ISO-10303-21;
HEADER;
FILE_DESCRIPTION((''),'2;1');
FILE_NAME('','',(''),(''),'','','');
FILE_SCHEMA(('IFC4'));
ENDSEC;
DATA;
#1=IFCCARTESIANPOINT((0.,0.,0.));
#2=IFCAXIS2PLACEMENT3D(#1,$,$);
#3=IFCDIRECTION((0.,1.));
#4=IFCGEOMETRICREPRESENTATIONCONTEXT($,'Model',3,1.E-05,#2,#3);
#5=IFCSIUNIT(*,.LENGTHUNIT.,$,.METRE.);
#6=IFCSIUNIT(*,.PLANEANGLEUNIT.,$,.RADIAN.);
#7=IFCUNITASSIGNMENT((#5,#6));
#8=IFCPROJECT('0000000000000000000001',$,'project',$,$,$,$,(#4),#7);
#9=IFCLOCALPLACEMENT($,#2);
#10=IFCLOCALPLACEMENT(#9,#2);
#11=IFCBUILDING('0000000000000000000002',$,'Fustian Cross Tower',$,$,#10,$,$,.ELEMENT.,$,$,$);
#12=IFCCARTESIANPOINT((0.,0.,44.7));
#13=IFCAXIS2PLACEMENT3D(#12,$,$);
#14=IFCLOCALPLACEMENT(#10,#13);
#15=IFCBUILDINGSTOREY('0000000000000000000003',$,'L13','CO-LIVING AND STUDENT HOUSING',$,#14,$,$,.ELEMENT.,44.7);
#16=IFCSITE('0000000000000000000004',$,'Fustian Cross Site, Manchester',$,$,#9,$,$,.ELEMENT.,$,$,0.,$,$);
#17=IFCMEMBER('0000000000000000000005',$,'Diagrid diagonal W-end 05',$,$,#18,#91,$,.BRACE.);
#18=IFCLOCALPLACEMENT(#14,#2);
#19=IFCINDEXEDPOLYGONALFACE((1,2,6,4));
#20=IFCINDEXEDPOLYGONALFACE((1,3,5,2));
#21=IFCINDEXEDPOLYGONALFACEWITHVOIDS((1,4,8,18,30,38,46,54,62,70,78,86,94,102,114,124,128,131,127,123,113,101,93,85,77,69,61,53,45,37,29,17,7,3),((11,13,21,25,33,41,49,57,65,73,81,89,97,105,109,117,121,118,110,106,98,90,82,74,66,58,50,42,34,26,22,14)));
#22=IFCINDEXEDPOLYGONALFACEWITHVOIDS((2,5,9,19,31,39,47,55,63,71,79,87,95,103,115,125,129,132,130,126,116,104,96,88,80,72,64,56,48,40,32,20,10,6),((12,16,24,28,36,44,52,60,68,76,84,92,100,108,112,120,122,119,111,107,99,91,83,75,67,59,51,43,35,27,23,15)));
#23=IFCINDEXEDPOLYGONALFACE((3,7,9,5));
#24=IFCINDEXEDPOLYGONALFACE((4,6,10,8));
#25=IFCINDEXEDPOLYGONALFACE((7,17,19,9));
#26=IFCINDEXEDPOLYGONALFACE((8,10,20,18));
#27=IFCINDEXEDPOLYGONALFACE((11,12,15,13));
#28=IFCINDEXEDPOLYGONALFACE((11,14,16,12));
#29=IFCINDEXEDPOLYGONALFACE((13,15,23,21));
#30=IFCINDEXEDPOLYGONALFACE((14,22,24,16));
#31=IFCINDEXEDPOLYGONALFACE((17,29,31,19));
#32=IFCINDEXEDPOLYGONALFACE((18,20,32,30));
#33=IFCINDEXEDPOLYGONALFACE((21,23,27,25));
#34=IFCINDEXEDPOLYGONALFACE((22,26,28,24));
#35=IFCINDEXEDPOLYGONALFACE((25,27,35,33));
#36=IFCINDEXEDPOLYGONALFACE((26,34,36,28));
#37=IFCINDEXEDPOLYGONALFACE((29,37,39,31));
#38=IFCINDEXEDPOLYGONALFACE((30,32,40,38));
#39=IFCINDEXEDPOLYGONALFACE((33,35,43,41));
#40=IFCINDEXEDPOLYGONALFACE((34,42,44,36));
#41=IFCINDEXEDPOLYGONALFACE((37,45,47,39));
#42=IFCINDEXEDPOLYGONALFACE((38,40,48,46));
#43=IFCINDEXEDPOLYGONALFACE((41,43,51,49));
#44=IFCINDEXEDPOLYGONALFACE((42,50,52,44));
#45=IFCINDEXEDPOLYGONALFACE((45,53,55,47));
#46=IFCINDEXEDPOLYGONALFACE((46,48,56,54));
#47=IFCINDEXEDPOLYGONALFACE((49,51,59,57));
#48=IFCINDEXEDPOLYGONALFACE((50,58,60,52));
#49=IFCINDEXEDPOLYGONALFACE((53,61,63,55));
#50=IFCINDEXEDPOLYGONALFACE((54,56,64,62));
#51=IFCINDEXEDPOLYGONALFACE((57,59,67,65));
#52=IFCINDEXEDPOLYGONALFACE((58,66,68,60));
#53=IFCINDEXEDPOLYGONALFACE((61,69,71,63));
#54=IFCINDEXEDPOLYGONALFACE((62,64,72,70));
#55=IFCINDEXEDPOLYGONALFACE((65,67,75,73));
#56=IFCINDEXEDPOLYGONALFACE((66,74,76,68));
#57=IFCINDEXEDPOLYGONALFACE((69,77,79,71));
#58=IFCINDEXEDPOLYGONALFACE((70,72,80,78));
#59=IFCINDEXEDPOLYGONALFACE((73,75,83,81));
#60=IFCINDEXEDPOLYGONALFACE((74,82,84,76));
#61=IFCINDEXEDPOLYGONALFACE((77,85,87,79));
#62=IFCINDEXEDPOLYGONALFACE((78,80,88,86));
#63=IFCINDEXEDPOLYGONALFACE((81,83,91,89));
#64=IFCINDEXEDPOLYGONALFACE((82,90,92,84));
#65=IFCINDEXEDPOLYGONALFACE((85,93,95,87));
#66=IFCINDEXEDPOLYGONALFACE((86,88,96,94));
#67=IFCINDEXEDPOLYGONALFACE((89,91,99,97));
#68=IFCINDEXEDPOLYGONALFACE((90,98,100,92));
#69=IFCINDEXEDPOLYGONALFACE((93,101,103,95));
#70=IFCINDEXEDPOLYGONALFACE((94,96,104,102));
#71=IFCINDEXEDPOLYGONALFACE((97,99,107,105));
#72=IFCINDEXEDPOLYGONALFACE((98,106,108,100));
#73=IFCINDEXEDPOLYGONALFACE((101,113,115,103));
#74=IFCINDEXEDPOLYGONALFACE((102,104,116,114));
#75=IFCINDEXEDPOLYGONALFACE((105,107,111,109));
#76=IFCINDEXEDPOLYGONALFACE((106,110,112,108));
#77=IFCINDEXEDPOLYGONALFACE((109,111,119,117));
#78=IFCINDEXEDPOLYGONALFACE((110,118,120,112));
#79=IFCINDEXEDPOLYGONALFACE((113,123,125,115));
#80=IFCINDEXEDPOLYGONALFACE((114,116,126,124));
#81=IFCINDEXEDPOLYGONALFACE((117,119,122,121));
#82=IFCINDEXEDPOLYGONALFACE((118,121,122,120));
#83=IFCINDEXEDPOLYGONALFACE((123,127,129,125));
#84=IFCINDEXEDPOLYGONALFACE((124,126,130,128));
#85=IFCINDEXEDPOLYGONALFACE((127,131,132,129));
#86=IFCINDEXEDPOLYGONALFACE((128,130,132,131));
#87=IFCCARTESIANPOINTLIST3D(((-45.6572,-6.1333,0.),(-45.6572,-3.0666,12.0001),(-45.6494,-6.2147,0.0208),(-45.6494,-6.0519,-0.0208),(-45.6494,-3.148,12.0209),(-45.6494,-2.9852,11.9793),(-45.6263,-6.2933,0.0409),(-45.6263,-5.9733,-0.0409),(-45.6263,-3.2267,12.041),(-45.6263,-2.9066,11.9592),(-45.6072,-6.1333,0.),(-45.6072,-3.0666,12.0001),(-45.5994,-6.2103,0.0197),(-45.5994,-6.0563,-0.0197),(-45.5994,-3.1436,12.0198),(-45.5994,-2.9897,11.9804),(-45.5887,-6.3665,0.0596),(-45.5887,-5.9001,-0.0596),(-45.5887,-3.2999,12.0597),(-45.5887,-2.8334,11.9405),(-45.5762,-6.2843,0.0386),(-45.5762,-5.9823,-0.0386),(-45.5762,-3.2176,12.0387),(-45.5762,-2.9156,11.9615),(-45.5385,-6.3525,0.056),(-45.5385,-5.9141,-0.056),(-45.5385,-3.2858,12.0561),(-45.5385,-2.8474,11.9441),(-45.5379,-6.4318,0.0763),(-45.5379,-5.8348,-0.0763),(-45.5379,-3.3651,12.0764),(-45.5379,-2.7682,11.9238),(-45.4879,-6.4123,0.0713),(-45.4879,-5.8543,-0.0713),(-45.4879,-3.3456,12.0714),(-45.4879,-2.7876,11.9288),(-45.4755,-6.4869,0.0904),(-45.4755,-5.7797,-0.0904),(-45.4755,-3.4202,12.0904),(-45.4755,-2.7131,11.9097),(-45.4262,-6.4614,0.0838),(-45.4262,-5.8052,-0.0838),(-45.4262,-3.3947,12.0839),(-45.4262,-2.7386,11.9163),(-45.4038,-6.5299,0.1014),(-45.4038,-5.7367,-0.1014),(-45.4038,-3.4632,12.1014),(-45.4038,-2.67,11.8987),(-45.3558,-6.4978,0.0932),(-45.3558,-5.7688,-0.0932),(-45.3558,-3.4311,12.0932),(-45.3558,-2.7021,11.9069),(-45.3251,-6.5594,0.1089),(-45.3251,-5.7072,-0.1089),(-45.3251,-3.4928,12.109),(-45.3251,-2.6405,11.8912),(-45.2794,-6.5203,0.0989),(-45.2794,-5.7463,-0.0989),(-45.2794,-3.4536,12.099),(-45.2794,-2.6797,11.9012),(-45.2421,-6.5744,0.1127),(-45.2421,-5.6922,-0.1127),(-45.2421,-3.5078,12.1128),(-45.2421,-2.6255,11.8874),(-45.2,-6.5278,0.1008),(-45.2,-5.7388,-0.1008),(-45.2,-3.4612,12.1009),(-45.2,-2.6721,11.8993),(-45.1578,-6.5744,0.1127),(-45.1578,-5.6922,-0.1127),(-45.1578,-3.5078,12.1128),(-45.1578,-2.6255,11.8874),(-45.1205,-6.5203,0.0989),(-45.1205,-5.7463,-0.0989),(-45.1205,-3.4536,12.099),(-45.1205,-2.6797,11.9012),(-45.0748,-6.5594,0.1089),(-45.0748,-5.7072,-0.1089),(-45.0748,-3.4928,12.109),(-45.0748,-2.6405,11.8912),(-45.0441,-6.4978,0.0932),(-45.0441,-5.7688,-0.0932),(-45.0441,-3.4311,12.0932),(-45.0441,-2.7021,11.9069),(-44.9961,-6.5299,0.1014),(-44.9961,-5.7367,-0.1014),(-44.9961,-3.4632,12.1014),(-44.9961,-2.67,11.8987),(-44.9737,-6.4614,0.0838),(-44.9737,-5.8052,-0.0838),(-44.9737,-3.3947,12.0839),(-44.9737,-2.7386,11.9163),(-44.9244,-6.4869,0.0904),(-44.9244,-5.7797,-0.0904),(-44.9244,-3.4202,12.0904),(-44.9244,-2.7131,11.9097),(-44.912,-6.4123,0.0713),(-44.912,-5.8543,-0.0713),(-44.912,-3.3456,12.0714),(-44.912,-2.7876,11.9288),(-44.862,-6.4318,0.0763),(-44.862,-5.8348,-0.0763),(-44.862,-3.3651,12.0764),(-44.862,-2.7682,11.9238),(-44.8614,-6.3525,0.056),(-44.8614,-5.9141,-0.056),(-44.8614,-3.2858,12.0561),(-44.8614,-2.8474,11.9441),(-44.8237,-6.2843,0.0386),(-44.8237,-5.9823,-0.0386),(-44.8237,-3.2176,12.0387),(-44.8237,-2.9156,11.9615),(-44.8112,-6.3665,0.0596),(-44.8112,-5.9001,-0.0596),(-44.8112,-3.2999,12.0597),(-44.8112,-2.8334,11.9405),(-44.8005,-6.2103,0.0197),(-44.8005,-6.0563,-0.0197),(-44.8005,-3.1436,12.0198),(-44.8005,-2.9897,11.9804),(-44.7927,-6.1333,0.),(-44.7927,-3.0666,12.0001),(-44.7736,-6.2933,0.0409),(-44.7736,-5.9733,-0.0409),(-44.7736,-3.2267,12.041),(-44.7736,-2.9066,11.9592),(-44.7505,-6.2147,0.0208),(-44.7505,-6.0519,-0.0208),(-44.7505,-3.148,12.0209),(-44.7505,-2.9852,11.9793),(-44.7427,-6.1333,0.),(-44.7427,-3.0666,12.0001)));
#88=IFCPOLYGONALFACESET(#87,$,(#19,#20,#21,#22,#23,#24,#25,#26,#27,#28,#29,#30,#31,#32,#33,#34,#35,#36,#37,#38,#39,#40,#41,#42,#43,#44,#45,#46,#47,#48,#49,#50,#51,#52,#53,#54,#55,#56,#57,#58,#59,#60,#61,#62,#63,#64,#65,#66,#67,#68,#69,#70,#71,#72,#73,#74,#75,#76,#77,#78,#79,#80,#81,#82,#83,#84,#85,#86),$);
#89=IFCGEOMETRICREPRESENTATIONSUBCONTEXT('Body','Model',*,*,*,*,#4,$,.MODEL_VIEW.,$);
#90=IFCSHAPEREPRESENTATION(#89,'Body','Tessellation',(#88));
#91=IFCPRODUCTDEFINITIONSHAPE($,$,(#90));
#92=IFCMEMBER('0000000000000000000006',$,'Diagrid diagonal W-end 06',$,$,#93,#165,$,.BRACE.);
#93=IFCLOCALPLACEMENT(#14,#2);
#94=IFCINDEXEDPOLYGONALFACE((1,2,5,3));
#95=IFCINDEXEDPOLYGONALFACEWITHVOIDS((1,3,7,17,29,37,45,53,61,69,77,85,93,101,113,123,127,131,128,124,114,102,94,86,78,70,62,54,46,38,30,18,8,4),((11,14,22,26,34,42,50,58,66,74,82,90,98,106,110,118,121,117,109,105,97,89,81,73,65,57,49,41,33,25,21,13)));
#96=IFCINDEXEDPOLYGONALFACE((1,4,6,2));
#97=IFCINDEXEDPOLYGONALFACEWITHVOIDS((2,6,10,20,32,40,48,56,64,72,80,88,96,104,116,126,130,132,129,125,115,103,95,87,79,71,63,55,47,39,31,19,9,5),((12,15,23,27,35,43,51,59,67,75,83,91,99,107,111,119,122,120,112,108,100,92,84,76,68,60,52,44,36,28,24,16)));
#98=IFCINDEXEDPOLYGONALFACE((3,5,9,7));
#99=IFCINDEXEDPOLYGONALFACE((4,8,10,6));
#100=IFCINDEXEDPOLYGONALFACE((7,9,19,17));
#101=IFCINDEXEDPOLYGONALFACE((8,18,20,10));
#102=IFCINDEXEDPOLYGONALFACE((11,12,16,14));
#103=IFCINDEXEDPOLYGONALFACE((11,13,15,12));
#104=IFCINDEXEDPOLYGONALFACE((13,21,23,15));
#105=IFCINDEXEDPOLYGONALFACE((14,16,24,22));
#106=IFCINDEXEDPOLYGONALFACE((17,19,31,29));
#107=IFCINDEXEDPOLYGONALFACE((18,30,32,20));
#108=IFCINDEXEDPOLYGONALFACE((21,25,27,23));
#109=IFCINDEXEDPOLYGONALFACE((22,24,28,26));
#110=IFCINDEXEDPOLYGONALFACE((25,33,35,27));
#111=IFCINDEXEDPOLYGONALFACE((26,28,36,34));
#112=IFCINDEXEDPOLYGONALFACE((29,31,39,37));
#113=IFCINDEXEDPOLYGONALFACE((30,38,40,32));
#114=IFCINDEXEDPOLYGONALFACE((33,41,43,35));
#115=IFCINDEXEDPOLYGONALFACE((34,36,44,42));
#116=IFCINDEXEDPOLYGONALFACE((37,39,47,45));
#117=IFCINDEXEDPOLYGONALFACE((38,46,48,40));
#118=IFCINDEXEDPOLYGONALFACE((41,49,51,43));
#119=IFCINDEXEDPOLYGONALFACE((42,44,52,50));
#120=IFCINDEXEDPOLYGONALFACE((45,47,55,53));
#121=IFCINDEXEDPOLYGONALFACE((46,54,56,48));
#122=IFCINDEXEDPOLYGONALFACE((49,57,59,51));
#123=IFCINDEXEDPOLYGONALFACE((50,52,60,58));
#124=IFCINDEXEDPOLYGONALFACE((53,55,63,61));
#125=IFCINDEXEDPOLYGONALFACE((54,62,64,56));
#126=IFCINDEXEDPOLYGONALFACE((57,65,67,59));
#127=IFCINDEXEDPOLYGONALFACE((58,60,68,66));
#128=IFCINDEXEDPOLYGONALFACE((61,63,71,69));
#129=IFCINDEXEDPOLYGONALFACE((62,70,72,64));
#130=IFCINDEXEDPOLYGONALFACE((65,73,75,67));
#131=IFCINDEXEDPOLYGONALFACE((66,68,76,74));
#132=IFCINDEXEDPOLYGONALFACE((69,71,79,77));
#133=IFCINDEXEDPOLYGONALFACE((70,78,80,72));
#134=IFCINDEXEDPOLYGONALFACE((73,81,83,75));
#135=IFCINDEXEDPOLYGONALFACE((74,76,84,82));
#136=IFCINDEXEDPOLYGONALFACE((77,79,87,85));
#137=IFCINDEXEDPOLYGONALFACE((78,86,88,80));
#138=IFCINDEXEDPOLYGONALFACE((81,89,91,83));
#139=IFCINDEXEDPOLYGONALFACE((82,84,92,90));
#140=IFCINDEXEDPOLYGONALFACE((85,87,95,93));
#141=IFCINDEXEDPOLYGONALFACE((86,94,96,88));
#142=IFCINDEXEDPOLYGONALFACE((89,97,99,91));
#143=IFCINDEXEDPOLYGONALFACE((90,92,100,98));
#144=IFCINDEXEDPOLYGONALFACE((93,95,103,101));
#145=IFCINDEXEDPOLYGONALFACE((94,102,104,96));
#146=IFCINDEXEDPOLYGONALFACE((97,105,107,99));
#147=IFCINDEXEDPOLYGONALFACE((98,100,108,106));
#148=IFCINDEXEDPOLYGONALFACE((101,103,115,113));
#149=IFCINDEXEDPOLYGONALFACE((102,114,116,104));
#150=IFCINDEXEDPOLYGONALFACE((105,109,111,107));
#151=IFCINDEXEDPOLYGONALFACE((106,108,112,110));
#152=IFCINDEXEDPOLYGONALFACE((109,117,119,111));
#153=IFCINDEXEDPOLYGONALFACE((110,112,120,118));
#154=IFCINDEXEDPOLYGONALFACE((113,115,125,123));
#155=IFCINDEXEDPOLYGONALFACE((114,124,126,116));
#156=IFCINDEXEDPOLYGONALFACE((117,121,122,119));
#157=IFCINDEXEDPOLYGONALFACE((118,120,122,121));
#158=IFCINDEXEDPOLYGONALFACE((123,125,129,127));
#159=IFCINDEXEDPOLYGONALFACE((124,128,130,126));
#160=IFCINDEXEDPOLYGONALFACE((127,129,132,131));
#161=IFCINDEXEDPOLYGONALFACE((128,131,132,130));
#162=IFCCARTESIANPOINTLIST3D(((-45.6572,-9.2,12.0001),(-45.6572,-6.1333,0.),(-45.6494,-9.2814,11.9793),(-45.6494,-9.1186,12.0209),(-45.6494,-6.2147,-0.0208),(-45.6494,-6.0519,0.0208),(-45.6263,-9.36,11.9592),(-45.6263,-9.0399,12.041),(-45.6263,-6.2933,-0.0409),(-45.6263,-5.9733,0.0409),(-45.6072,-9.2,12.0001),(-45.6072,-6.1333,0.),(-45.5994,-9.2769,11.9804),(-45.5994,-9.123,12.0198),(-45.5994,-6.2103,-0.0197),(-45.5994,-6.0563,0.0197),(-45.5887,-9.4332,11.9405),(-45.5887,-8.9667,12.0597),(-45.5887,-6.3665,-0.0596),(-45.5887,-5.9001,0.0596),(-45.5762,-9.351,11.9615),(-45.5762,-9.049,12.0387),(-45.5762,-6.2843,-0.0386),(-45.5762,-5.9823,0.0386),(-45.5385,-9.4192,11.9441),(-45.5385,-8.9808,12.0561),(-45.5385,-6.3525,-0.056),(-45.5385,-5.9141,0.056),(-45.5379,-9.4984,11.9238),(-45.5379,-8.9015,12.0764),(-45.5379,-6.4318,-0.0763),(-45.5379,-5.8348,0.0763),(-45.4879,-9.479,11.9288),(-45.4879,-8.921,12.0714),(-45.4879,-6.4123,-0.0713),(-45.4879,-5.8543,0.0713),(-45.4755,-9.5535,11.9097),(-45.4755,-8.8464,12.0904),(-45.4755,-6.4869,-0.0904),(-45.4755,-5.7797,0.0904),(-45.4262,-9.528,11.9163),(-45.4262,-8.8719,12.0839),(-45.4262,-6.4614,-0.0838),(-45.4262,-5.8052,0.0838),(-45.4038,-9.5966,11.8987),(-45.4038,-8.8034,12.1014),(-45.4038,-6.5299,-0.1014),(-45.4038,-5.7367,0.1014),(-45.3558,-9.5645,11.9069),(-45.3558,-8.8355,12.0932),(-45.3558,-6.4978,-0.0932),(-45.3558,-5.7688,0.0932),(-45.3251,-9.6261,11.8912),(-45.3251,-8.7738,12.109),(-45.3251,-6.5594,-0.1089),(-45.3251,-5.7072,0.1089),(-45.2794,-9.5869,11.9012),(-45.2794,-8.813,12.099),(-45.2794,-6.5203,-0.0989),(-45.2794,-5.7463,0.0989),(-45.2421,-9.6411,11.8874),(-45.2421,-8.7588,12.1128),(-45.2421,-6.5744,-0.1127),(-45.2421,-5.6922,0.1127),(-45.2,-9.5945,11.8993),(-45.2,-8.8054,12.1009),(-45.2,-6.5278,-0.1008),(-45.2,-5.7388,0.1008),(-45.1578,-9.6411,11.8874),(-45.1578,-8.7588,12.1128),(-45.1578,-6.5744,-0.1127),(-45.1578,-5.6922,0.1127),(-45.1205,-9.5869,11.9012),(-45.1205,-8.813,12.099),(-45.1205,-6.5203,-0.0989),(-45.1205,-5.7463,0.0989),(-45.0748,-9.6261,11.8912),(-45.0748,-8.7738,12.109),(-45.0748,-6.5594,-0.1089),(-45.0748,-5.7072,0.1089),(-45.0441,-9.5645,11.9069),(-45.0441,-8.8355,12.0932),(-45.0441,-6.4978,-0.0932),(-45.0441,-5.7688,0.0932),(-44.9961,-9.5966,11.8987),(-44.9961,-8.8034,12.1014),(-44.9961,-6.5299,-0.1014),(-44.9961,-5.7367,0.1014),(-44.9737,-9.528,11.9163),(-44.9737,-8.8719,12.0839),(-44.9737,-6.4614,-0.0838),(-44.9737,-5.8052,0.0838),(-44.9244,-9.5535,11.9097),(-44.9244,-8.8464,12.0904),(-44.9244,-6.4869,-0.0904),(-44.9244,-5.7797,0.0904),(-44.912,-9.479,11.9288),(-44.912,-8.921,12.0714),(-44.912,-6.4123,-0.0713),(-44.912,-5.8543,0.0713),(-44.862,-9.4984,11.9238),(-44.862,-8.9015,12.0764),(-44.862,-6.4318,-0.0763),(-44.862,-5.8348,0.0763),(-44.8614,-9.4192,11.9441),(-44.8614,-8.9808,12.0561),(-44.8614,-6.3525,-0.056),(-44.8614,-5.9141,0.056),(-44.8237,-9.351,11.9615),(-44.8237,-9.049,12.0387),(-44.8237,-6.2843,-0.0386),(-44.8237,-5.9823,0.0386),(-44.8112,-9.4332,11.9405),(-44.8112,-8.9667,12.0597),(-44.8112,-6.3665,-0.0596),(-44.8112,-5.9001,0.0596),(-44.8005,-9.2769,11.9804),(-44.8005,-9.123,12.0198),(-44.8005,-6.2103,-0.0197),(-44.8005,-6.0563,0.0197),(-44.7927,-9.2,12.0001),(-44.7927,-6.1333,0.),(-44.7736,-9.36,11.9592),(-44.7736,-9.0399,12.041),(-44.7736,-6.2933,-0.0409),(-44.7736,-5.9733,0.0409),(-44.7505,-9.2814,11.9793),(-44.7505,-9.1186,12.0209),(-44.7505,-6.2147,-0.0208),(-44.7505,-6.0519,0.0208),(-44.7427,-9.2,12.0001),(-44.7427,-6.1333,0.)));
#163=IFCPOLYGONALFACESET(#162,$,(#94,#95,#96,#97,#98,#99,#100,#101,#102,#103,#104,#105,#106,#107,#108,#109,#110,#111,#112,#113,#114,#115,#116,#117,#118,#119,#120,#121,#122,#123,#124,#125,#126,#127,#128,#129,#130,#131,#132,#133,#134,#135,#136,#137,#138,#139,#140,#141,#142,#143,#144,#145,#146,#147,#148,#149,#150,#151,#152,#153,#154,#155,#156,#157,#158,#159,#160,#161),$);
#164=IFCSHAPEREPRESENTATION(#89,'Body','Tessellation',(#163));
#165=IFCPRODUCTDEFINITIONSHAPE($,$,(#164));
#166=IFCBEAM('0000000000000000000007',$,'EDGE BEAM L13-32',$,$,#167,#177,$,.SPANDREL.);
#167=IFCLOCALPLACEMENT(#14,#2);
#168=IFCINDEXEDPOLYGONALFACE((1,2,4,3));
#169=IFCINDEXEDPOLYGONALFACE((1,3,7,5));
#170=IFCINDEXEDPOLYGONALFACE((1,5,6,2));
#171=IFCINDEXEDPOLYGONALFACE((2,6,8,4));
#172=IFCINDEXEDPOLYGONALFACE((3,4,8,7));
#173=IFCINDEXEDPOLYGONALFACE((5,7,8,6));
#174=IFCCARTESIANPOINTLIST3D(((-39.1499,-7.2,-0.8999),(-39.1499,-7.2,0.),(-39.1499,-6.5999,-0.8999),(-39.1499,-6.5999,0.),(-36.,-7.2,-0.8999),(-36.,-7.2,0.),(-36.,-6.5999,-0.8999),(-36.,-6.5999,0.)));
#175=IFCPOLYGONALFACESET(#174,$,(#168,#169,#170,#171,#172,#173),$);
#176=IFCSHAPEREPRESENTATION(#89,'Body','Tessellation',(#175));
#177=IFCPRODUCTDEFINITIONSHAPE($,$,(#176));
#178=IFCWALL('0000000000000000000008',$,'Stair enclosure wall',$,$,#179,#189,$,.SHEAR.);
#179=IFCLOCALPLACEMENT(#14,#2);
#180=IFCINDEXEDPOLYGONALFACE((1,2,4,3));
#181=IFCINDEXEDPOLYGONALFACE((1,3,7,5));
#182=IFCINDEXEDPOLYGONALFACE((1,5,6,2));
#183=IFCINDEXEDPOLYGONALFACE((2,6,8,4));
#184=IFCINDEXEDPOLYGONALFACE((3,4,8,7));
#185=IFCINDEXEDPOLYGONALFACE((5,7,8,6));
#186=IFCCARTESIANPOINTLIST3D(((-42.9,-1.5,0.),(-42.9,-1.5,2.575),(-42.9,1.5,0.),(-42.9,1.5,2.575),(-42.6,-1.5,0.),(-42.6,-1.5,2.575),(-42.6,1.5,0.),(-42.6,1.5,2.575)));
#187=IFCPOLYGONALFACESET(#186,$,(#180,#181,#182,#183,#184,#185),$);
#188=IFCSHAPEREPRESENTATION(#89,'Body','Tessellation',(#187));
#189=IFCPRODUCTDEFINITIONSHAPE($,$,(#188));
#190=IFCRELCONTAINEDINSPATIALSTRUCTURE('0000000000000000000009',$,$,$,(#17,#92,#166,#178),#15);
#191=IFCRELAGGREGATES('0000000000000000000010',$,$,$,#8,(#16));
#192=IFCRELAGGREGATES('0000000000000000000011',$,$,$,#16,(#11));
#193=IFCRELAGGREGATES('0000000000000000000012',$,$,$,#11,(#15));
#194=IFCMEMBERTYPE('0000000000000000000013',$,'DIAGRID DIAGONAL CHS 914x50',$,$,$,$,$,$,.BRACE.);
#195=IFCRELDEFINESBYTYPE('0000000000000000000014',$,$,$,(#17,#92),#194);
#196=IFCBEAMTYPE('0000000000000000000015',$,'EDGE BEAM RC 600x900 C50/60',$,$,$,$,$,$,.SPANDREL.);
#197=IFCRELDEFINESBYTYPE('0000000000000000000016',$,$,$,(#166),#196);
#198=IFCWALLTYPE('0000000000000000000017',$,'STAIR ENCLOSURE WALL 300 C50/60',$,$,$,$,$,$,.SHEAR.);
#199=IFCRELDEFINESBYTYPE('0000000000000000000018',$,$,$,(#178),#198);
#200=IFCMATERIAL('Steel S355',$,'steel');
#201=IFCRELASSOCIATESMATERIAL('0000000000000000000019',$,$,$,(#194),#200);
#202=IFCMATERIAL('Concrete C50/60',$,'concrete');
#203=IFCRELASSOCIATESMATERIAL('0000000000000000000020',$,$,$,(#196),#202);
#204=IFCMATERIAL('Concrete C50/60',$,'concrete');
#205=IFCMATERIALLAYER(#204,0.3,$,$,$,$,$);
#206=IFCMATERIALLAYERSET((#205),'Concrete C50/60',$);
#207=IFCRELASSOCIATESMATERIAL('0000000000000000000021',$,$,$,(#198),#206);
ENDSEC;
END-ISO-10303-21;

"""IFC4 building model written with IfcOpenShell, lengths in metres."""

from ifc_helpers import new_model, si_unit, direction, frame, frame_2d, origin, origin_2d, place, context, subcontext, project, spatial, rectangle, hollow_circle, extrude, material, layer, layer_set, material_profile, profile_set, type_object, element, save


model = new_model("IFC4")

# Units and contexts
model_context = context("Model", 3, precision=1e-05, world=origin(), true_north=direction((0.0, 1.0)))
body_context = subcontext(model_context, "Body", "Model", "MODEL_VIEW")
ifc_project = project(units=[si_unit("LENGTHUNIT", "METRE"), si_unit("PLANEANGLEUNIT", "RADIAN")], contexts=[model_context])

# Site, building, storey
site_placement = place(None, origin())
site = spatial("IfcSite", under=ifc_project, at=site_placement, Name="Fustian Cross Site, Manchester", CompositionType="ELEMENT", RefElevation=0.0)
building_placement = place(site_placement, origin())
building = spatial("IfcBuilding", under=site, at=building_placement, Name="Fustian Cross Tower", CompositionType="ELEMENT")
storey_placement = place(building_placement, frame((0.0, 0.0, 44.7)))
storey = spatial("IfcBuildingStorey", under=building, at=storey_placement, Name="L13", Description="CO-LIVING AND STUDENT HOUSING", CompositionType="ELEMENT", Elevation=44.7)

# Members
ifc_material_1 = material(Name="Steel S355", Category="steel")
ifc_material_profile_1 = material_profile(ifc_material_1, hollow_circle(Radius=0.4573, WallThickness=0.05, at=origin_2d()), Name="CHS 914x50")
ifc_profile_set_1 = profile_set([ifc_material_profile_1], Name="Steel S355")
member_type = type_object("IfcMemberType", Name="DIAGRID DIAGONAL CHS 914x50", PredefinedType="BRACE", material=ifc_profile_set_1)
for number, where, z_axis, x_axis, name in (
    (1, (-45.2, -6.1333, 0.0), (0.0, 0.247597, 0.968863), (-1.0, 0.0, 0.0), "Diagrid diagonal W-end 05"),
    (2, (-45.2, -6.1333, 0.0), (0.0, -0.247597, 0.968863), (1.0, 0.0, 0.0), "Diagrid diagonal W-end 06"),
):
    element("IfcMember", number, at=place(storey_placement, frame(where, z_axis=z_axis, x_axis=x_axis)), inside=storey, type_object=member_type, Name=name, PredefinedType="BRACE", context=body_context, shape_type="SweptSolid", body=[
        extrude(hollow_circle(Radius=0.4573, WallThickness=0.05, at=origin_2d()), origin(), (0.0, 0.0, 1.0), 12.3857),
    ])

# Beam
ifc_material_2 = material(Name="Concrete C50/60", Category="concrete")
ifc_material_profile_2 = material_profile(ifc_material_2, rectangle(XDim=0.6001, YDim=0.8999, at=origin_2d()), Name="RC 600x900")
ifc_profile_set_2 = profile_set([ifc_material_profile_2], Name="Concrete C50/60")
beam_type = type_object("IfcBeamType", Name="EDGE BEAM RC 600x900 C50/60", PredefinedType="SPANDREL", material=ifc_profile_set_2)
beam_placement = place(storey_placement, frame((-39.1499, -6.8999, -0.45), z_axis=(1.0, 0.0, 0.0), x_axis=(0.0, 1.0, 0.0)))
element("IfcBeam", 3, at=beam_placement, inside=storey, type_object=beam_type, Name="EDGE BEAM L13-32", PredefinedType="SPANDREL", context=body_context, shape_type="SweptSolid", body=[
    extrude(rectangle(XDim=0.6001, YDim=0.8999, at=origin_2d()), origin(), (0.0, 0.0, 1.0), 3.1499),
])

# Wall
ifc_material_3 = material(Name="Concrete C50/60", Category="concrete")
ifc_layer_1 = layer(ifc_material_3, 0.3)
ifc_layer_set_1 = layer_set([ifc_layer_1], Name="Concrete C50/60")
wall_type_1 = type_object("IfcWallType", Name="STAIR ENCLOSURE WALL 300 C50/60", PredefinedType="SHEAR", material=ifc_layer_set_1)
wall_1_placement = place(storey_placement, frame((-42.75, -1.5, 0.0), z_axis=(0.0, 0.0, 1.0), x_axis=(0.0, 1.0, 0.0)))
element("IfcWall", 4, at=wall_1_placement, inside=storey, type_object=wall_type_1, Name="Stair enclosure wall", PredefinedType="SHEAR", context=body_context, shape_type="SweptSolid", body=[
    extrude(rectangle(XDim=3.0, YDim=0.3, at=frame_2d((1.5, 0.0))), origin(), (0.0, 0.0, 1.0), 2.575),
])

save(model, "model.ifc")
